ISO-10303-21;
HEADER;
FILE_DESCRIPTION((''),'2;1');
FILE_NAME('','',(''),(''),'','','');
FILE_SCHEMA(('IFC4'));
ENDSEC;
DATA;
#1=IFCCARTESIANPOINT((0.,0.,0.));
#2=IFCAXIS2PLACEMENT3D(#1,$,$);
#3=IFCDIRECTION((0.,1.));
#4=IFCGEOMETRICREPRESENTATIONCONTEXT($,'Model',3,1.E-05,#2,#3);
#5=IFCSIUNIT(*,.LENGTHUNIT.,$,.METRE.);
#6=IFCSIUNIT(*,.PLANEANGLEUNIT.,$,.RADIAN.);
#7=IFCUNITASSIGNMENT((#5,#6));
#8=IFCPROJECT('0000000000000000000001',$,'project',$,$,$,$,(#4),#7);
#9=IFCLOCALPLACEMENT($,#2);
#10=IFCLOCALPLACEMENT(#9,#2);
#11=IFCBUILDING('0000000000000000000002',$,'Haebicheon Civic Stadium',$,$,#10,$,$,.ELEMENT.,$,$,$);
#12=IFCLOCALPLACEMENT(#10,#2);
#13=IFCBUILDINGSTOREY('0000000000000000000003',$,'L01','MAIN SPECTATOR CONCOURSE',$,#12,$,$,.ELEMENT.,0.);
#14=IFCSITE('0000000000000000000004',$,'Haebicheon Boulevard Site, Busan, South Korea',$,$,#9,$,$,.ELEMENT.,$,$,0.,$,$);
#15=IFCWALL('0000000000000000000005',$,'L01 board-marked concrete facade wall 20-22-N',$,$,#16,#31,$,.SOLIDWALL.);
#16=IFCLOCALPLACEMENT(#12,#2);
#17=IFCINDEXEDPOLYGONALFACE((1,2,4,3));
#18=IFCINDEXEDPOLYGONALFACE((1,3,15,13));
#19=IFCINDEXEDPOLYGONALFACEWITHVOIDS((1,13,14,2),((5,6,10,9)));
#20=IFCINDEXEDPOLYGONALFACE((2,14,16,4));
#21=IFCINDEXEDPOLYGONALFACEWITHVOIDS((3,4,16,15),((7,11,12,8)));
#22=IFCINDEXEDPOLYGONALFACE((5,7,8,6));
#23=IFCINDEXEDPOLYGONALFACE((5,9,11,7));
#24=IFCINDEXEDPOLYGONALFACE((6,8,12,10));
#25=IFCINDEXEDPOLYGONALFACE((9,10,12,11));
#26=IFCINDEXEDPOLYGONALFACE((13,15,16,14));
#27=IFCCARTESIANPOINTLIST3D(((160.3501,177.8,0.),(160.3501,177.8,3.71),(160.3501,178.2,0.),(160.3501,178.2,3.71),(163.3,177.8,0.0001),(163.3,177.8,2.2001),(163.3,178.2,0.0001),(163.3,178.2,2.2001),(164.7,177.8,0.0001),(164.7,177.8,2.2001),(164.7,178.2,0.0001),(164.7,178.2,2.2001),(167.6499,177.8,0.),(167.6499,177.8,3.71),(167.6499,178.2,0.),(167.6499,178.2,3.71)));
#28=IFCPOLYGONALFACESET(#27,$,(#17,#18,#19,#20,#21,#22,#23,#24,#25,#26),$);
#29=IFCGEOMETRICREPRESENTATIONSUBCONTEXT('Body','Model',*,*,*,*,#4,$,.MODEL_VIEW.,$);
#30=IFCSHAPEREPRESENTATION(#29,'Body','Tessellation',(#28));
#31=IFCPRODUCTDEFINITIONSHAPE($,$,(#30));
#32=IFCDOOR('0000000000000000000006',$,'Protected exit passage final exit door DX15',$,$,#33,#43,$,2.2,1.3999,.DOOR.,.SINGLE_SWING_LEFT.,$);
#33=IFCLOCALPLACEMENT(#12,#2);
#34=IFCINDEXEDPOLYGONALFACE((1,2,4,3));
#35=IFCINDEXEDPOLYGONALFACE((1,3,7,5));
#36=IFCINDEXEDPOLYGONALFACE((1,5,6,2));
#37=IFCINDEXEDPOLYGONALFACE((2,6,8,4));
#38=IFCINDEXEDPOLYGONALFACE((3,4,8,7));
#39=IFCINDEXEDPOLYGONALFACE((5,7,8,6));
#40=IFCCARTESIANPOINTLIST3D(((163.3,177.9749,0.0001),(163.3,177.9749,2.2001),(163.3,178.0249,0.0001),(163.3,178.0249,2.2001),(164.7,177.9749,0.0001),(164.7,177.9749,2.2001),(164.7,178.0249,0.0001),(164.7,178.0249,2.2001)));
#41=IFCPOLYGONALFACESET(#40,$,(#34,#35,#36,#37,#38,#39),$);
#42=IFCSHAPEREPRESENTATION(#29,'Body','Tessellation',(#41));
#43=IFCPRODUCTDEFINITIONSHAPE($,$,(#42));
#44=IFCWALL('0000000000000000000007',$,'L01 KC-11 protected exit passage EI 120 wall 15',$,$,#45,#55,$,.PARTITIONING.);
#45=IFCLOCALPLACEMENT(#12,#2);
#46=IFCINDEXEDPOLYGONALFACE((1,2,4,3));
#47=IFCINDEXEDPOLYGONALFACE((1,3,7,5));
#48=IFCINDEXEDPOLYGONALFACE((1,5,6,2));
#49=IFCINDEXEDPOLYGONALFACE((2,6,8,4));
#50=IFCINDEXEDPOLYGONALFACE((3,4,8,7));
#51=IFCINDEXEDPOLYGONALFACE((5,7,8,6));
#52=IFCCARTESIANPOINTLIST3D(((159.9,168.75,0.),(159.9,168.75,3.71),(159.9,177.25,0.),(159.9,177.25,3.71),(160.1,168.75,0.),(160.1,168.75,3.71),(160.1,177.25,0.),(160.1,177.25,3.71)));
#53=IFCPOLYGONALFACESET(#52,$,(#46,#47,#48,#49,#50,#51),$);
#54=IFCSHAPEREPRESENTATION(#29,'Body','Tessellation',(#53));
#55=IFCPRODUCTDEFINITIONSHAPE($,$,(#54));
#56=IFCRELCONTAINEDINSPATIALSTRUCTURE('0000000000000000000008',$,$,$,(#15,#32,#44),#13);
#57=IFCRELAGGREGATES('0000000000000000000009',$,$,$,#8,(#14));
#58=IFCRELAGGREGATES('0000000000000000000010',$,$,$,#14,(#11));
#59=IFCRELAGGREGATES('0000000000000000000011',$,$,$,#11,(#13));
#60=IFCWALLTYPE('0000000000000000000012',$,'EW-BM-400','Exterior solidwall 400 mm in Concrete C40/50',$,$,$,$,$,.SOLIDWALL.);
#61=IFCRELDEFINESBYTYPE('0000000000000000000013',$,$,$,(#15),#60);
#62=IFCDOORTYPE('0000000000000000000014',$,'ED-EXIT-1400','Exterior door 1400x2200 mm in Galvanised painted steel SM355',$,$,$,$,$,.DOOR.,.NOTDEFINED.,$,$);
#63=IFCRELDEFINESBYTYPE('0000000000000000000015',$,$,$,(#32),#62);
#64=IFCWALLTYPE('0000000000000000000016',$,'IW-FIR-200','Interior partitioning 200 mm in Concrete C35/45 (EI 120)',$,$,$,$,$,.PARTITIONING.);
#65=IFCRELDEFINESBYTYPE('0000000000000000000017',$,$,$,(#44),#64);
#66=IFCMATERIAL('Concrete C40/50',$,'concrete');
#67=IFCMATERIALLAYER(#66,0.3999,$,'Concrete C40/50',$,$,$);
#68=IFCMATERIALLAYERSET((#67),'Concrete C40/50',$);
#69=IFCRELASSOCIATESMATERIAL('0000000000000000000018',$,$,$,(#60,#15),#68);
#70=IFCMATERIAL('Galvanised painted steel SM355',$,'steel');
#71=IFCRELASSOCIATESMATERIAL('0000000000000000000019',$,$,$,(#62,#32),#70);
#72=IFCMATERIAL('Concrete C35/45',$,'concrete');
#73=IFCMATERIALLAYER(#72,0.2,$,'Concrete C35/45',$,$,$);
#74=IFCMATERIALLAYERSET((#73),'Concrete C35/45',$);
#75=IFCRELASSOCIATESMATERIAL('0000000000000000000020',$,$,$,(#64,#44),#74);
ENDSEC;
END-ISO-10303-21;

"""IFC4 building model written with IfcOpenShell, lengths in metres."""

from ifc_helpers import new_model, si_unit, direction, frame, frame_2d, origin, place, context, subcontext, project, spatial, rectangle, extrude, material, layer, layer_set, type_object, element, fill, save


model = new_model("IFC4")

# Units and contexts
model_context = context("Model", 3, precision=1e-05, world=origin(), true_north=direction((0.0, 1.0)))
body_context = subcontext(model_context, "Body", "Model", "MODEL_VIEW")
ifc_project = project(units=[si_unit("LENGTHUNIT", "METRE"), si_unit("PLANEANGLEUNIT", "RADIAN")], contexts=[model_context])

# Site, building, storey
site_placement = place(None, origin())
site = spatial("IfcSite", under=ifc_project, at=site_placement, Name="Haebicheon Boulevard Site, Busan, South Korea", CompositionType="ELEMENT", RefElevation=0.0)
building_placement = place(site_placement, origin())
building = spatial("IfcBuilding", under=site, at=building_placement, Name="Haebicheon Civic Stadium", CompositionType="ELEMENT")
storey_placement = place(building_placement, origin())
storey = spatial("IfcBuildingStorey", under=building, at=storey_placement, Name="L01", Description="MAIN SPECTATOR CONCOURSE", CompositionType="ELEMENT", Elevation=0.0)

# Shared definitions
ifc_material_1 = material(Name="Concrete C40/50", Category="concrete")
ifc_layer_1 = layer(ifc_material_1, 0.3999, Name="Concrete C40/50")
ifc_layer_set_1 = layer_set([ifc_layer_1], Name="Concrete C40/50")
wall_type_1 = type_object("IfcWallType", Name="EW-BM-400", Description="Exterior solidwall 400 mm in Concrete C40/50", PredefinedType="SOLIDWALL", material=ifc_layer_set_1)

# Wall, opening, door
wall_1_placement = place(storey_placement, frame((160.3501, 178.0, 0.0), z_axis=(0.0, 0.0, 1.0), x_axis=(1.0, 0.0, 0.0)))
wall_1 = element("IfcWall", 1, at=wall_1_placement, inside=storey, type_object=wall_type_1, material=ifc_layer_set_1, Name="L01 board-marked concrete facade wall 20-22-N", PredefinedType="SOLIDWALL", context=body_context, shape_type="SweptSolid", body=[
    extrude(rectangle(XDim=7.2998, YDim=0.3999, at=frame_2d((3.6499, 0.0))), origin(), (0.0, 0.0, 1.0), 3.71),
])
opening_placement = place(wall_1_placement, frame((2.95, 0.0, 0.0)))
opening = element("IfcOpeningElement", 2, at=opening_placement, cuts=wall_1, PredefinedType="OPENING", context=body_context, shape_type="SweptSolid", body=[
    extrude(rectangle(XDim=1.3999, YDim=2.2, at=frame_2d((0.7, 1.1001))), frame((0.0, 0.21, 0.0), z_axis=(0.0, -1.0, 0.0), x_axis=(1.0, 0.0, 0.0)), (0.0, 0.0, 1.0), 0.4199),
])
ifc_material_2 = material(Name="Galvanised painted steel SM355", Category="steel")
door_type = type_object("IfcDoorType", Name="ED-EXIT-1400", Description="Exterior door 1400x2200 mm in Galvanised painted steel SM355", OperationType="NOTDEFINED", PredefinedType="DOOR", material=ifc_material_2)
door_placement = place(opening_placement, origin())
door = element("IfcDoor", 3, at=door_placement, inside=storey, type_object=door_type, material=ifc_material_2, Name="Protected exit passage final exit door DX15", OperationType="SINGLE_SWING_LEFT", OverallHeight=2.2, OverallWidth=1.3999, PredefinedType="DOOR", context=body_context, shape_type="SweptSolid", body=[
    extrude(rectangle(XDim=1.3999, YDim=2.2, at=frame_2d((0.7, 1.1001))), frame((0.0, 0.0249, 0.0), z_axis=(0.0, -1.0, 0.0), x_axis=(1.0, 0.0, 0.0)), (0.0, 0.0, 1.0), 0.05),
])
fill(opening, door)

# Wall
ifc_material_3 = material(Name="Concrete C35/45", Category="concrete")
ifc_layer_2 = layer(ifc_material_3, 0.2, Name="Concrete C35/45")
ifc_layer_set_2 = layer_set([ifc_layer_2], Name="Concrete C35/45")
wall_type_2 = type_object("IfcWallType", Name="IW-FIR-200", Description="Interior partitioning 200 mm in Concrete C35/45 (EI 120)", PredefinedType="PARTITIONING", material=ifc_layer_set_2)
wall_2_placement = place(storey_placement, frame((160.0, 168.75, 0.0), z_axis=(0.0, 0.0, 1.0), x_axis=(0.0, 1.0, 0.0)))
element("IfcWall", 4, at=wall_2_placement, inside=storey, type_object=wall_type_2, material=ifc_layer_set_2, Name="L01 KC-11 protected exit passage EI 120 wall 15", PredefinedType="PARTITIONING", context=body_context, shape_type="SweptSolid", body=[
    extrude(rectangle(XDim=8.5, YDim=0.2, at=frame_2d((4.25, 0.0))), origin(), (0.0, 0.0, 1.0), 3.71),
])

save(model, "model.ifc")
